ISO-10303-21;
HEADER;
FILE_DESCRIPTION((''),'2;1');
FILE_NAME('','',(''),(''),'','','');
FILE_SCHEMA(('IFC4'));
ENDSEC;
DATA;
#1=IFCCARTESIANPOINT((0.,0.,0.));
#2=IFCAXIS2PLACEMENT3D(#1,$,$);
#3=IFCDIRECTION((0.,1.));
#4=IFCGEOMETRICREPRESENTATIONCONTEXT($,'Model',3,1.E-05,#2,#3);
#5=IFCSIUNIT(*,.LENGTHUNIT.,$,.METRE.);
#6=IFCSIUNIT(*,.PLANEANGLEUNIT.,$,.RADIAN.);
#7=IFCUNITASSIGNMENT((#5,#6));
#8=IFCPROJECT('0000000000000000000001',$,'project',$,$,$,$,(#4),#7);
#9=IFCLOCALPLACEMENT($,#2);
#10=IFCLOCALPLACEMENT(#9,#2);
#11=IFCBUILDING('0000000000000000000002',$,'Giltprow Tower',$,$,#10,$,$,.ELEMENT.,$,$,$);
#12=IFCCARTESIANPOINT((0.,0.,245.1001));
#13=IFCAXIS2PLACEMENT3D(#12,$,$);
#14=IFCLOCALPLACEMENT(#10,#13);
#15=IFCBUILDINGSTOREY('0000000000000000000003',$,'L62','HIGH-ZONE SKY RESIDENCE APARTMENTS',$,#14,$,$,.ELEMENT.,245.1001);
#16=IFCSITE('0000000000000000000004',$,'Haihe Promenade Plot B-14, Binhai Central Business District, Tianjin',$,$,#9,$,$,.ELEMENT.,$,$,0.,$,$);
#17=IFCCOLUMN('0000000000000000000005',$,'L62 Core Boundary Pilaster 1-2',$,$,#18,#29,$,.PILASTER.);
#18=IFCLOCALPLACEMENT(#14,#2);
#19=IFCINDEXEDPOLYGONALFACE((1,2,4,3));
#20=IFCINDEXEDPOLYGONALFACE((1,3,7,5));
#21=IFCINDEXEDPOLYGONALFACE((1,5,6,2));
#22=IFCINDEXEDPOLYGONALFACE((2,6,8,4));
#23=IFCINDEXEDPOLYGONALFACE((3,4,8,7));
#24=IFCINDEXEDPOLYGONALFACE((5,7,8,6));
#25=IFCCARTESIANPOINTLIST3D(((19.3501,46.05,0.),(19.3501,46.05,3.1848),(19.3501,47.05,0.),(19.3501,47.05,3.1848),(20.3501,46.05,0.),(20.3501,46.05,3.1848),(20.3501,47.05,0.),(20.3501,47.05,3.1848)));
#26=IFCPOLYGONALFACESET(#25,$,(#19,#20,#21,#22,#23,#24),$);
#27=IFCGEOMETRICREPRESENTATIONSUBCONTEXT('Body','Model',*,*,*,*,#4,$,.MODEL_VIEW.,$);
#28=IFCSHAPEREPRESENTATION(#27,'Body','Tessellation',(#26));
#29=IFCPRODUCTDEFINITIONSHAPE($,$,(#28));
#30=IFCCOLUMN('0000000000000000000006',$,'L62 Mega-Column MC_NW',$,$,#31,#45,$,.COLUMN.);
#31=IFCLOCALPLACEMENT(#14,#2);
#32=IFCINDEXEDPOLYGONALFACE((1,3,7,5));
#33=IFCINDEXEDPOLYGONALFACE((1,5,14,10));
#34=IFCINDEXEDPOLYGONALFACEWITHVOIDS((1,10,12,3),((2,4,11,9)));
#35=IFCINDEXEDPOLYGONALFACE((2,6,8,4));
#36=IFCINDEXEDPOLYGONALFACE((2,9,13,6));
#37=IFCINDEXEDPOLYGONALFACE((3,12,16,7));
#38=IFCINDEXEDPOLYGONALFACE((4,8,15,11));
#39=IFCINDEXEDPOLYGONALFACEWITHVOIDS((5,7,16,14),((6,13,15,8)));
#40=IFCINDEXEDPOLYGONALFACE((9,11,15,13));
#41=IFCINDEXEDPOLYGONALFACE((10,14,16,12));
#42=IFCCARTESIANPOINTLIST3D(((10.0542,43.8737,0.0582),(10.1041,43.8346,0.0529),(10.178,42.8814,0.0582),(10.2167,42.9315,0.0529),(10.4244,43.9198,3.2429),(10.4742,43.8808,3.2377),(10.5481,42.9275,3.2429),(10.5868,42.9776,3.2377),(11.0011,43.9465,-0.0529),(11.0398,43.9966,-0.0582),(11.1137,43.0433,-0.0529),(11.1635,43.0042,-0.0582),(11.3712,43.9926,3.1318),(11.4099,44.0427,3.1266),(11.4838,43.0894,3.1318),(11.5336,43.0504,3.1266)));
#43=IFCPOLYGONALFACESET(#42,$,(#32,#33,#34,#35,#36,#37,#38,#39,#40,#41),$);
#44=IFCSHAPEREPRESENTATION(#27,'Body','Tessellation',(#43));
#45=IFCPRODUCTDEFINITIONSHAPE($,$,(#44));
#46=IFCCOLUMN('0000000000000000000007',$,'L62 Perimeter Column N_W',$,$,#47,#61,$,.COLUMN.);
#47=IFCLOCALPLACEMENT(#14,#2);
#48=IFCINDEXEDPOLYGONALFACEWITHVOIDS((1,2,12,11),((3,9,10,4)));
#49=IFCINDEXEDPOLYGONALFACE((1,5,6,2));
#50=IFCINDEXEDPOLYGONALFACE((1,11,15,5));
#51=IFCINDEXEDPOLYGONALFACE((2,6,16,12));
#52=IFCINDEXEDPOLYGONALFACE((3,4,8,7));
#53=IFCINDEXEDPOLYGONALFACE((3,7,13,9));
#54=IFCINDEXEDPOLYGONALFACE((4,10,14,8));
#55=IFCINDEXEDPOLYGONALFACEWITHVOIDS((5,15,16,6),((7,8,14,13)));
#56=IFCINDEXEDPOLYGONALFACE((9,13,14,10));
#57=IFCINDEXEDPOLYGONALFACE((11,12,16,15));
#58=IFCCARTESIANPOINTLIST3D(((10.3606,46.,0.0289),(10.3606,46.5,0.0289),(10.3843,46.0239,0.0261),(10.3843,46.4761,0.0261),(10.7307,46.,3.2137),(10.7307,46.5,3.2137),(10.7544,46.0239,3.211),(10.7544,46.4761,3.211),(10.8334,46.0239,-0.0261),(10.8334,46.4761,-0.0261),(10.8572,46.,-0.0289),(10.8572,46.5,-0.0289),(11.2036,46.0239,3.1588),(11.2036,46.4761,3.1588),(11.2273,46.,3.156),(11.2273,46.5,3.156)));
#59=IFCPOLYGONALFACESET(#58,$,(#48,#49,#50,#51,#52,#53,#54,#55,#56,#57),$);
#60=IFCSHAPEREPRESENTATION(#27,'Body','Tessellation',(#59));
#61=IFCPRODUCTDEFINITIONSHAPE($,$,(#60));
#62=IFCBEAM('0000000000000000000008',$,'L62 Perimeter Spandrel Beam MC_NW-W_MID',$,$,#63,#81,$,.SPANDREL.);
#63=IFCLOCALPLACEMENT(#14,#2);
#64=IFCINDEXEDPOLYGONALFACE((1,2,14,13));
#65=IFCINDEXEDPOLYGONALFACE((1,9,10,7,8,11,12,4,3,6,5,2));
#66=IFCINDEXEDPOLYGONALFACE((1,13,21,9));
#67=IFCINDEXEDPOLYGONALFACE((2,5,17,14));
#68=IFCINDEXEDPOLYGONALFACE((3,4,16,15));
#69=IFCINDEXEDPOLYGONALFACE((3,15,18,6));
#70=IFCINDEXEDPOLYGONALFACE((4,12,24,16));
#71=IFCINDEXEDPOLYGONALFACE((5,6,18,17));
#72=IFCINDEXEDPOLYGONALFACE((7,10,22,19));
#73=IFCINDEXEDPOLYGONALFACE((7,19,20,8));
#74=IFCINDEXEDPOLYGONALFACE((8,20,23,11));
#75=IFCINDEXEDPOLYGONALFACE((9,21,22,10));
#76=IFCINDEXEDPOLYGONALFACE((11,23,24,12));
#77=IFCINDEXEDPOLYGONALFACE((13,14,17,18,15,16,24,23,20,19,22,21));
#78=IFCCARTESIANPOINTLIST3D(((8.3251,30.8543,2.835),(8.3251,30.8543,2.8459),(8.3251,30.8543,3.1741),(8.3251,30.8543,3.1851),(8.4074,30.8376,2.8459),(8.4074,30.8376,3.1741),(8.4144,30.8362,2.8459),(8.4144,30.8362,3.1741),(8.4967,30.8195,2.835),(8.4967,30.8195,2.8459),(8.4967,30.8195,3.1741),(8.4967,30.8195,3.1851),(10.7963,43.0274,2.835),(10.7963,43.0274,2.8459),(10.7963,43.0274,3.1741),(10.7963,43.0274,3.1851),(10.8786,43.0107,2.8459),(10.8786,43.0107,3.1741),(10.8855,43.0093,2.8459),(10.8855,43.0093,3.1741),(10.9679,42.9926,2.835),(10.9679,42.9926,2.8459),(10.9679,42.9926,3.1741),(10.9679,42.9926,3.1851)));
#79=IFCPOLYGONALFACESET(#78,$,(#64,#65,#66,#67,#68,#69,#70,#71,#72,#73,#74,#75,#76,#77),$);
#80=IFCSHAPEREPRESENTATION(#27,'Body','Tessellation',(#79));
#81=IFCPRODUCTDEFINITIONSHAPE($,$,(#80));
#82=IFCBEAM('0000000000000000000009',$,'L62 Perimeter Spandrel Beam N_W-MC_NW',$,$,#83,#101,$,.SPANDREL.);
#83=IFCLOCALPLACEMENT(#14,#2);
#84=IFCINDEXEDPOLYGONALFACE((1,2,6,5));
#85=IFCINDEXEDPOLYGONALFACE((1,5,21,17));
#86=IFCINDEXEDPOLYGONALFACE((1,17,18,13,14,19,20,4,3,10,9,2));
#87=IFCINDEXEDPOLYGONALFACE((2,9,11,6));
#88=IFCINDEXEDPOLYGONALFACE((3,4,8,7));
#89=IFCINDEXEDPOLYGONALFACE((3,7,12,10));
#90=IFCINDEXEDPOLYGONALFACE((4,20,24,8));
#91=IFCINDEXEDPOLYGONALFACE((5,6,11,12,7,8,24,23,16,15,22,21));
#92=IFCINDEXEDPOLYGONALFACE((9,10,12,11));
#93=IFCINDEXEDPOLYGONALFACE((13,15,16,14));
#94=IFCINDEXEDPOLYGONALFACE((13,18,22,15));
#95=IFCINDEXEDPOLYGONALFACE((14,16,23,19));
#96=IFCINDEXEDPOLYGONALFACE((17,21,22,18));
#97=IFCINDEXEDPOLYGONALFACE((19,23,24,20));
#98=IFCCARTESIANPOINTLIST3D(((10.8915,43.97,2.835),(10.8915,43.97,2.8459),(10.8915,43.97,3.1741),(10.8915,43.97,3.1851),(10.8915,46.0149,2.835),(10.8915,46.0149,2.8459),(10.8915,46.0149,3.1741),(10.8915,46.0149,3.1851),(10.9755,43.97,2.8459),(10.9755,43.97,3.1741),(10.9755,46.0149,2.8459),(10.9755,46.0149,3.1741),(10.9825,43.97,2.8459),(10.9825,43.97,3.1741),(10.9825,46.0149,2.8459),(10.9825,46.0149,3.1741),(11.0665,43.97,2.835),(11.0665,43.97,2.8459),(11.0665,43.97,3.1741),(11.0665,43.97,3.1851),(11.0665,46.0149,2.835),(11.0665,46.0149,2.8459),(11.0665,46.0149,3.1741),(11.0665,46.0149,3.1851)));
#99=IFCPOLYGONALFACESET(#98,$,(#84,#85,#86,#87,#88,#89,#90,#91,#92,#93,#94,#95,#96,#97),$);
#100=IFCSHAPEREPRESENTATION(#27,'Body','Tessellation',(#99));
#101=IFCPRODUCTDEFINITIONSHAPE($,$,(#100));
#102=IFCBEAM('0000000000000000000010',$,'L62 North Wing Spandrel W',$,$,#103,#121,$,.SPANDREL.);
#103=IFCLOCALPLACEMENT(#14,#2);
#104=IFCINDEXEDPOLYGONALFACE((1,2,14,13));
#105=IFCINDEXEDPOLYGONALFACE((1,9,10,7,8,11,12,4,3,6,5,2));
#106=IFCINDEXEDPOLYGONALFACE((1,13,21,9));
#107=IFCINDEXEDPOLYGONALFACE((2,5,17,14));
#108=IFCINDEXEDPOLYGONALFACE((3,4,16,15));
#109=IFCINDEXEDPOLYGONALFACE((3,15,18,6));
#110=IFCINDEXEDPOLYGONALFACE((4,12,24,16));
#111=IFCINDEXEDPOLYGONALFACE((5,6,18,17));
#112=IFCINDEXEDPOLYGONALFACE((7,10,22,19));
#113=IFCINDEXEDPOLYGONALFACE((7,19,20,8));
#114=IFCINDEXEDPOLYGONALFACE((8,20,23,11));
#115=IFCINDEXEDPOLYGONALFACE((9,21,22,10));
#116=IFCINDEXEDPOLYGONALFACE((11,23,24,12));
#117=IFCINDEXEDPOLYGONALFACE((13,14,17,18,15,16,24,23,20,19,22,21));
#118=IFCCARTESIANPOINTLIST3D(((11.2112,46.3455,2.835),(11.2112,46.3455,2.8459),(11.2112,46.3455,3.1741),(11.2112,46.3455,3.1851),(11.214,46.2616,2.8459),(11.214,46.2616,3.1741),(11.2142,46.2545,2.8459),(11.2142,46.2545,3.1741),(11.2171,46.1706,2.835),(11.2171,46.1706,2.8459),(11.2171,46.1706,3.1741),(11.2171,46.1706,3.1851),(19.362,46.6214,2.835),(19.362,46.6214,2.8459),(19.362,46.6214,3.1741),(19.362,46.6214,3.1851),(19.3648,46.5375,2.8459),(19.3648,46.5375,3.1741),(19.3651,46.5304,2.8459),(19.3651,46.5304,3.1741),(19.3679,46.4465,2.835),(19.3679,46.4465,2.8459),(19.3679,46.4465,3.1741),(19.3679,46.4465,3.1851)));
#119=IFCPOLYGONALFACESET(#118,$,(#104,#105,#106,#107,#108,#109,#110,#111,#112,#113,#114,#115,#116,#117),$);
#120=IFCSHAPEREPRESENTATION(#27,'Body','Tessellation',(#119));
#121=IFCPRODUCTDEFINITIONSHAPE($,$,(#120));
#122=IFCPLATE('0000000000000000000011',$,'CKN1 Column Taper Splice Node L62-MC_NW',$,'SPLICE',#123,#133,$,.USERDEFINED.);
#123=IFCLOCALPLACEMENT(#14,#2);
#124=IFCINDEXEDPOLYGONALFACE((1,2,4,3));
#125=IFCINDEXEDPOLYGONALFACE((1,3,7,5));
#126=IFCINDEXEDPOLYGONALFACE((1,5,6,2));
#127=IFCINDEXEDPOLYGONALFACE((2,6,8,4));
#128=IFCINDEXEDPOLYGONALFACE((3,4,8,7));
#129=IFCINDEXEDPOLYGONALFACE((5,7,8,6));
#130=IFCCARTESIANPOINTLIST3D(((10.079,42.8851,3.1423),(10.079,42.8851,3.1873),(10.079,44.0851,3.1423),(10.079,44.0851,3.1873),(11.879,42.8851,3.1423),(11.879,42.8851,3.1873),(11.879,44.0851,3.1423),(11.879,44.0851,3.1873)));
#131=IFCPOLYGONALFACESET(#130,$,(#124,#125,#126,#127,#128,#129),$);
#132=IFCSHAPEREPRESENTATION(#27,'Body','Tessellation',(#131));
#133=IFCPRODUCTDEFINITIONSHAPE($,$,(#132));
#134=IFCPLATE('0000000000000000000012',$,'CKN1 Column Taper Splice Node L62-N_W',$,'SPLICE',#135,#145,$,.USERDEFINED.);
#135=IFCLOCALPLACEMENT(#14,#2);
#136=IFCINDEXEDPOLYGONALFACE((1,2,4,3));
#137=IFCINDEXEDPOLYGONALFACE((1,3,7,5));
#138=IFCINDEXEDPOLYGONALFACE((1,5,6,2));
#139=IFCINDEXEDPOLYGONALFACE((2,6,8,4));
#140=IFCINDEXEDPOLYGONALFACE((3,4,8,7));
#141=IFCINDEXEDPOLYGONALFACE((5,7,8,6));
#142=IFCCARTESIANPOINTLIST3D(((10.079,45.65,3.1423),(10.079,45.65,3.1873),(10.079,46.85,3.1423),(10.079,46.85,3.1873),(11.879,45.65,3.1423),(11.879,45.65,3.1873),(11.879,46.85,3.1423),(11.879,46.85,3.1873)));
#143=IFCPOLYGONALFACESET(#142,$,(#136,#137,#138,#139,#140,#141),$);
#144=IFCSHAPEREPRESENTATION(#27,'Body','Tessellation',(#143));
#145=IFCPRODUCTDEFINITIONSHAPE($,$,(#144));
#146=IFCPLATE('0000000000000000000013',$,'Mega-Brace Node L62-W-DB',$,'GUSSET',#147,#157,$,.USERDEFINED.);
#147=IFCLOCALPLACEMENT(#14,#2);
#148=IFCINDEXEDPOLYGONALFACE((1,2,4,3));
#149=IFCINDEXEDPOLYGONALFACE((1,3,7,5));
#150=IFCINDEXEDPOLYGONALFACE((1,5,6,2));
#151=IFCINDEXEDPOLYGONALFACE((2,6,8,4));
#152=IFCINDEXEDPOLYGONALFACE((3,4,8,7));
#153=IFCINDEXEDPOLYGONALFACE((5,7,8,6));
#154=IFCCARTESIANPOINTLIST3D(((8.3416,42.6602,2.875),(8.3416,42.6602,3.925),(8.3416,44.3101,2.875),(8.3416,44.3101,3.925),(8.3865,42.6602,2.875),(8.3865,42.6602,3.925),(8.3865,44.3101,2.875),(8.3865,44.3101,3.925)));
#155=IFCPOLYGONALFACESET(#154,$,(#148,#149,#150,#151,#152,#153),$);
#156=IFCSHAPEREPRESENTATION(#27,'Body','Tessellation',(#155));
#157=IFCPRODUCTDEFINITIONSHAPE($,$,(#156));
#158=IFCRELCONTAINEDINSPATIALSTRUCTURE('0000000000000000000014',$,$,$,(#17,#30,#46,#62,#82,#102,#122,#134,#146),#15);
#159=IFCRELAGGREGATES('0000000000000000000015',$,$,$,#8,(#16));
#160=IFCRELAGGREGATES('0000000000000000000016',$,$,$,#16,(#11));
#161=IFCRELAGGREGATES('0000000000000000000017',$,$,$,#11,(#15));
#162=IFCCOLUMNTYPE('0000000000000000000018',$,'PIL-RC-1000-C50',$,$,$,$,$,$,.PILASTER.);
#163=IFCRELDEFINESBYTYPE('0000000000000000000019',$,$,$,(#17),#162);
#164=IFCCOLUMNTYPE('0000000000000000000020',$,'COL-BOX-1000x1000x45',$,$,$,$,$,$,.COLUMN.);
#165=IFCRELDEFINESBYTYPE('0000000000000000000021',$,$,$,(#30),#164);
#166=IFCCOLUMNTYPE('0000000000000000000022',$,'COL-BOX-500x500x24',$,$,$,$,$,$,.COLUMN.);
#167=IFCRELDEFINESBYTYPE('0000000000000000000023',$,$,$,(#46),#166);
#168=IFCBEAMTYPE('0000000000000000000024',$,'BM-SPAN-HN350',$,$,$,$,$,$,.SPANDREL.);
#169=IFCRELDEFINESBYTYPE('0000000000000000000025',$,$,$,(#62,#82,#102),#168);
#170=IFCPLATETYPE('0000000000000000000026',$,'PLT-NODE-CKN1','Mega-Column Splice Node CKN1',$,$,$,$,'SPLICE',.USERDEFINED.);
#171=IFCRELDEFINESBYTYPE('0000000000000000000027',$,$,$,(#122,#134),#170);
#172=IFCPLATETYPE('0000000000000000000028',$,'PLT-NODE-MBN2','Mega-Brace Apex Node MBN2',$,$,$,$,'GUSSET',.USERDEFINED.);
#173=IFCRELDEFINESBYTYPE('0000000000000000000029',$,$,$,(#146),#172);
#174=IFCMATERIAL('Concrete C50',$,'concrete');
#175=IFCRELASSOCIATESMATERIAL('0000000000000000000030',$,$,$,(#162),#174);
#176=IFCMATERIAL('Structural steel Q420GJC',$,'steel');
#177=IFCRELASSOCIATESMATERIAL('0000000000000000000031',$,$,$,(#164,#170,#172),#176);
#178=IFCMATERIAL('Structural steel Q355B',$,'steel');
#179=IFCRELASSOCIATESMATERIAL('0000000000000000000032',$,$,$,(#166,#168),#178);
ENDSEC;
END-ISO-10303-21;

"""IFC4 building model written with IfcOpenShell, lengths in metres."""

from ifc_helpers import new_model, si_unit, direction, frame, origin, origin_2d, place, context, subcontext, project, spatial, rectangle, hollow_rectangle, i_section, extrude, source, transform, mapped, material, material_profile, profile_set, type_object, element, save


model = new_model("IFC4")

# Units and contexts
model_context = context("Model", 3, precision=1e-05, world=origin(), true_north=direction((0.0, 1.0)))
body_context = subcontext(model_context, "Body", "Model", "MODEL_VIEW")
ifc_project = project(units=[si_unit("LENGTHUNIT", "METRE"), si_unit("PLANEANGLEUNIT", "RADIAN")], contexts=[model_context])

# Site, building, storey
site_placement = place(None, origin())
site = spatial("IfcSite", under=ifc_project, at=site_placement, Name="Haihe Promenade Plot B-14, Binhai Central Business District, Tianjin", CompositionType="ELEMENT", RefElevation=0.0)
building_placement = place(site_placement, origin())
building = spatial("IfcBuilding", under=site, at=building_placement, Name="Giltprow Tower", CompositionType="ELEMENT")
storey_placement = place(building_placement, frame((0.0, 0.0, 245.1001)))
storey = spatial("IfcBuildingStorey", under=building, at=storey_placement, Name="L62", Description="HIGH-ZONE SKY RESIDENCE APARTMENTS", CompositionType="ELEMENT", Elevation=245.1001)

# Columns
ifc_material_1 = material(Name="Concrete C50", Category="concrete")
ifc_material_profile_1 = material_profile(ifc_material_1, rectangle(XDim=1.0, YDim=1.0, at=origin_2d()), Name="RC 1000x1000")
ifc_profile_set_1 = profile_set([ifc_material_profile_1], Name="Concrete C50")
column_type_1 = type_object("IfcColumnType", Name="PIL-RC-1000-C50", PredefinedType="PILASTER", material=ifc_profile_set_1)
shared_shape_1 = source(origin(), body_context, "Body", "SweptSolid", [
    extrude(rectangle(XDim=1.0, YDim=1.0, at=origin_2d()), origin(), (0.0, 0.0, 1.0), 3.1848),
])
column_1_placement = place(storey_placement, frame((19.8501, 46.55, 0.0), z_axis=(0.0, 0.0, 1.0), x_axis=(1.0, 0.0, 0.0)))
element("IfcColumn", 1, at=column_1_placement, inside=storey, type_object=column_type_1, Name="L62 Core Boundary Pilaster 1-2", PredefinedType="PILASTER", context=body_context, shape_type="MappedRepresentation", body=[
    mapped(shared_shape_1, transform((0.0, 0.0, 0.0), x_axis=(1.0, 0.0, 0.0), y_axis=(0.0, 1.0, 0.0), z_axis=(0.0, 0.0, 1.0), scale=1.0)),
])
ifc_material_2 = material(Name="Structural steel Q420GJC", Category="steel")
ifc_material_profile_2 = material_profile(ifc_material_2, hollow_rectangle(XDim=1.0, YDim=1.0, WallThickness=0.0449, at=origin_2d()), Name="BOX 1000x1000x45")
ifc_profile_set_2 = profile_set([ifc_material_profile_2], Name="Structural steel Q420GJC")
column_type_2 = type_object("IfcColumnType", Name="COL-BOX-1000x1000x45", PredefinedType="COLUMN", material=ifc_profile_set_2)
shared_shape_2 = source(origin(), body_context, "Body", "SweptSolid", [
    extrude(hollow_rectangle(XDim=1.0, YDim=1.0, WallThickness=0.0449, at=origin_2d()), origin(), (0.0, 0.0, 1.0), 3.2065),
])
column_2_placement = place(storey_placement, frame((10.6089, 43.439, 0.0), z_axis=(0.115424, 0.01439, 0.993212), x_axis=(-0.123712, 0.992318, 0.0)))
element("IfcColumn", 2, at=column_2_placement, inside=storey, type_object=column_type_2, Name="L62 Mega-Column MC_NW", PredefinedType="COLUMN", context=body_context, shape_type="MappedRepresentation", body=[
    mapped(shared_shape_2, transform((0.0, 0.0, 0.0), x_axis=(1.0, 0.0, 0.0), y_axis=(0.0, 1.0, 0.0), z_axis=(0.0, 0.0, 1.0), scale=1.0)),
])
ifc_material_3 = material(Name="Structural steel Q355B", Category="steel")
ifc_material_profile_3 = material_profile(ifc_material_3, hollow_rectangle(XDim=0.5, YDim=0.5, WallThickness=0.0239, at=origin_2d()), Name="BOX 500x500x24")
ifc_profile_set_3 = profile_set([ifc_material_profile_3], Name="Structural steel Q355B")
column_type_3 = type_object("IfcColumnType", Name="COL-BOX-500x500x24", PredefinedType="COLUMN", material=ifc_profile_set_3)
shared_shape_3 = source(origin(), body_context, "Body", "SweptSolid", [
    extrude(hollow_rectangle(XDim=0.5, YDim=0.5, WallThickness=0.0239, at=origin_2d()), origin(), (0.0, 0.0, 1.0), 3.2063),
])
column_3_placement = place(storey_placement, frame((10.6089, 46.25, 0.0), z_axis=(0.115436, 0.0, 0.993315), x_axis=(0.0, 1.0, 0.0)))
element("IfcColumn", 3, at=column_3_placement, inside=storey, type_object=column_type_3, Name="L62 Perimeter Column N_W", PredefinedType="COLUMN", context=body_context, shape_type="MappedRepresentation", body=[
    mapped(shared_shape_3, transform((0.0, 0.0, 0.0), x_axis=(1.0, 0.0, 0.0), y_axis=(0.0, 1.0, 0.0), z_axis=(0.0, 0.0, 1.0), scale=1.0)),
])

# Beams
ifc_material_profile_4 = material_profile(ifc_material_3, i_section(OverallWidth=0.175, OverallDepth=0.3501, WebThickness=0.0071, FlangeThickness=0.011, at=origin_2d()), Name="HN 350x175x7x11")
ifc_profile_set_4 = profile_set([ifc_material_profile_4], Name="Structural steel Q355B")
beam_type = type_object("IfcBeamType", Name="BM-SPAN-HN350", PredefinedType="SPANDREL", material=ifc_profile_set_4)
shared_shape_4 = source(origin(), body_context, "Body", "SweptSolid", [
    extrude(i_section(OverallWidth=0.175, OverallDepth=0.3501, WebThickness=0.0071, FlangeThickness=0.011, at=origin_2d()), origin(), (0.0, 0.0, 1.0), 12.4214),
])
beam_1_placement = place(storey_placement, frame((10.8821, 43.01, 3.01), z_axis=(-0.198946, -0.98001, 0.0), x_axis=(0.98001, -0.198946, 0.0)))
element("IfcBeam", 4, at=beam_1_placement, inside=storey, type_object=beam_type, Name="L62 Perimeter Spandrel Beam MC_NW-W_MID", PredefinedType="SPANDREL", context=body_context, shape_type="MappedRepresentation", body=[
    mapped(shared_shape_4, transform((0.0, 0.0, 0.0), x_axis=(1.0, 0.0, 0.0), y_axis=(0.0, 1.0, 0.0), z_axis=(0.0, 0.0, 1.0), scale=1.0)),
])
shared_shape_5 = source(origin(), body_context, "Body", "SweptSolid", [
    extrude(i_section(OverallWidth=0.175, OverallDepth=0.3501, WebThickness=0.0071, FlangeThickness=0.011, at=origin_2d()), origin(), (0.0, 0.0, 1.0), 2.0449),
])
beam_2_placement = place(storey_placement, frame((10.979, 46.0149, 3.01), z_axis=(0.0, -1.0, 0.0), x_axis=(1.0, 0.0, 0.0)))
element("IfcBeam", 5, at=beam_2_placement, inside=storey, type_object=beam_type, Name="L62 Perimeter Spandrel Beam N_W-MC_NW", PredefinedType="SPANDREL", context=body_context, shape_type="MappedRepresentation", body=[
    mapped(shared_shape_5, transform((0.0, 0.0, 0.0), x_axis=(1.0, 0.0, 0.0), y_axis=(0.0, 1.0, 0.0), z_axis=(0.0, 0.0, 1.0), scale=1.0)),
])
shared_shape_6 = source(origin(), body_context, "Body", "SweptSolid", [
    extrude(i_section(OverallWidth=0.175, OverallDepth=0.3501, WebThickness=0.0071, FlangeThickness=0.011, at=origin_2d()), origin(), (0.0, 0.0, 1.0), 8.1555),
])
beam_3_placement = place(storey_placement, frame((11.2141, 46.2581, 3.01), z_axis=(0.999428, 0.033827, 0.0), x_axis=(-0.033827, 0.999428, 0.0)))
element("IfcBeam", 6, at=beam_3_placement, inside=storey, type_object=beam_type, Name="L62 North Wing Spandrel W", PredefinedType="SPANDREL", context=body_context, shape_type="MappedRepresentation", body=[
    mapped(shared_shape_6, transform((0.0, 0.0, 0.0), x_axis=(1.0, 0.0, 0.0), y_axis=(0.0, 1.0, 0.0), z_axis=(0.0, 0.0, 1.0), scale=1.0)),
])

# Plates
plate_type_1 = type_object("IfcPlateType", Name="PLT-NODE-CKN1", Description="Mega-Column Splice Node CKN1", ElementType="SPLICE", PredefinedType="USERDEFINED", material=ifc_material_2)
shared_shape_7 = source(origin(), body_context, "Body", "SweptSolid", [
    extrude(rectangle(XDim=1.8, YDim=1.2, at=origin_2d()), origin(), (0.0, 0.0, 1.0), 0.0449),
])
for number, where, z_axis, x_axis, name in (
    (7, (10.979, 43.4851, 3.1423), (0.0, 0.0, 1.0), (1.0, 0.0, 0.0), "CKN1 Column Taper Splice Node L62-MC_NW"),
    (8, (10.979, 46.25, 3.1423), (0.0, 0.0, 1.0), (1.0, 0.0, 0.0), "CKN1 Column Taper Splice Node L62-N_W"),
):
    element("IfcPlate", number, at=place(storey_placement, frame(where, z_axis=z_axis, x_axis=x_axis)), inside=storey, type_object=plate_type_1, Name=name, ObjectType="SPLICE", PredefinedType="USERDEFINED", context=body_context, shape_type="MappedRepresentation", body=[
        mapped(shared_shape_7, transform((0.0, 0.0, 0.0), x_axis=(1.0, 0.0, 0.0), y_axis=(0.0, 1.0, 0.0), z_axis=(0.0, 0.0, 1.0), scale=1.0)),
    ])
plate_type_2 = type_object("IfcPlateType", Name="PLT-NODE-MBN2", Description="Mega-Brace Apex Node MBN2", ElementType="GUSSET", PredefinedType="USERDEFINED", material=ifc_material_2)
shared_shape_8 = source(origin(), body_context, "Body", "SweptSolid", [
    extrude(rectangle(XDim=1.6499, YDim=0.0449, at=origin_2d()), origin(), (0.0, 0.0, 1.0), 1.05),
])
plate_placement = place(storey_placement, frame((8.364, 43.4851, 2.875), z_axis=(0.0, 0.0, 1.0), x_axis=(0.0, 1.0, 0.0)))
element("IfcPlate", 9, at=plate_placement, inside=storey, type_object=plate_type_2, Name="Mega-Brace Node L62-W-DB", ObjectType="GUSSET", PredefinedType="USERDEFINED", context=body_context, shape_type="MappedRepresentation", body=[
    mapped(shared_shape_8, transform((0.0, 0.0, 0.0), x_axis=(1.0, 0.0, 0.0), y_axis=(0.0, 1.0, 0.0), z_axis=(0.0, 0.0, 1.0), scale=1.0)),
])

save(model, "model.ifc")
